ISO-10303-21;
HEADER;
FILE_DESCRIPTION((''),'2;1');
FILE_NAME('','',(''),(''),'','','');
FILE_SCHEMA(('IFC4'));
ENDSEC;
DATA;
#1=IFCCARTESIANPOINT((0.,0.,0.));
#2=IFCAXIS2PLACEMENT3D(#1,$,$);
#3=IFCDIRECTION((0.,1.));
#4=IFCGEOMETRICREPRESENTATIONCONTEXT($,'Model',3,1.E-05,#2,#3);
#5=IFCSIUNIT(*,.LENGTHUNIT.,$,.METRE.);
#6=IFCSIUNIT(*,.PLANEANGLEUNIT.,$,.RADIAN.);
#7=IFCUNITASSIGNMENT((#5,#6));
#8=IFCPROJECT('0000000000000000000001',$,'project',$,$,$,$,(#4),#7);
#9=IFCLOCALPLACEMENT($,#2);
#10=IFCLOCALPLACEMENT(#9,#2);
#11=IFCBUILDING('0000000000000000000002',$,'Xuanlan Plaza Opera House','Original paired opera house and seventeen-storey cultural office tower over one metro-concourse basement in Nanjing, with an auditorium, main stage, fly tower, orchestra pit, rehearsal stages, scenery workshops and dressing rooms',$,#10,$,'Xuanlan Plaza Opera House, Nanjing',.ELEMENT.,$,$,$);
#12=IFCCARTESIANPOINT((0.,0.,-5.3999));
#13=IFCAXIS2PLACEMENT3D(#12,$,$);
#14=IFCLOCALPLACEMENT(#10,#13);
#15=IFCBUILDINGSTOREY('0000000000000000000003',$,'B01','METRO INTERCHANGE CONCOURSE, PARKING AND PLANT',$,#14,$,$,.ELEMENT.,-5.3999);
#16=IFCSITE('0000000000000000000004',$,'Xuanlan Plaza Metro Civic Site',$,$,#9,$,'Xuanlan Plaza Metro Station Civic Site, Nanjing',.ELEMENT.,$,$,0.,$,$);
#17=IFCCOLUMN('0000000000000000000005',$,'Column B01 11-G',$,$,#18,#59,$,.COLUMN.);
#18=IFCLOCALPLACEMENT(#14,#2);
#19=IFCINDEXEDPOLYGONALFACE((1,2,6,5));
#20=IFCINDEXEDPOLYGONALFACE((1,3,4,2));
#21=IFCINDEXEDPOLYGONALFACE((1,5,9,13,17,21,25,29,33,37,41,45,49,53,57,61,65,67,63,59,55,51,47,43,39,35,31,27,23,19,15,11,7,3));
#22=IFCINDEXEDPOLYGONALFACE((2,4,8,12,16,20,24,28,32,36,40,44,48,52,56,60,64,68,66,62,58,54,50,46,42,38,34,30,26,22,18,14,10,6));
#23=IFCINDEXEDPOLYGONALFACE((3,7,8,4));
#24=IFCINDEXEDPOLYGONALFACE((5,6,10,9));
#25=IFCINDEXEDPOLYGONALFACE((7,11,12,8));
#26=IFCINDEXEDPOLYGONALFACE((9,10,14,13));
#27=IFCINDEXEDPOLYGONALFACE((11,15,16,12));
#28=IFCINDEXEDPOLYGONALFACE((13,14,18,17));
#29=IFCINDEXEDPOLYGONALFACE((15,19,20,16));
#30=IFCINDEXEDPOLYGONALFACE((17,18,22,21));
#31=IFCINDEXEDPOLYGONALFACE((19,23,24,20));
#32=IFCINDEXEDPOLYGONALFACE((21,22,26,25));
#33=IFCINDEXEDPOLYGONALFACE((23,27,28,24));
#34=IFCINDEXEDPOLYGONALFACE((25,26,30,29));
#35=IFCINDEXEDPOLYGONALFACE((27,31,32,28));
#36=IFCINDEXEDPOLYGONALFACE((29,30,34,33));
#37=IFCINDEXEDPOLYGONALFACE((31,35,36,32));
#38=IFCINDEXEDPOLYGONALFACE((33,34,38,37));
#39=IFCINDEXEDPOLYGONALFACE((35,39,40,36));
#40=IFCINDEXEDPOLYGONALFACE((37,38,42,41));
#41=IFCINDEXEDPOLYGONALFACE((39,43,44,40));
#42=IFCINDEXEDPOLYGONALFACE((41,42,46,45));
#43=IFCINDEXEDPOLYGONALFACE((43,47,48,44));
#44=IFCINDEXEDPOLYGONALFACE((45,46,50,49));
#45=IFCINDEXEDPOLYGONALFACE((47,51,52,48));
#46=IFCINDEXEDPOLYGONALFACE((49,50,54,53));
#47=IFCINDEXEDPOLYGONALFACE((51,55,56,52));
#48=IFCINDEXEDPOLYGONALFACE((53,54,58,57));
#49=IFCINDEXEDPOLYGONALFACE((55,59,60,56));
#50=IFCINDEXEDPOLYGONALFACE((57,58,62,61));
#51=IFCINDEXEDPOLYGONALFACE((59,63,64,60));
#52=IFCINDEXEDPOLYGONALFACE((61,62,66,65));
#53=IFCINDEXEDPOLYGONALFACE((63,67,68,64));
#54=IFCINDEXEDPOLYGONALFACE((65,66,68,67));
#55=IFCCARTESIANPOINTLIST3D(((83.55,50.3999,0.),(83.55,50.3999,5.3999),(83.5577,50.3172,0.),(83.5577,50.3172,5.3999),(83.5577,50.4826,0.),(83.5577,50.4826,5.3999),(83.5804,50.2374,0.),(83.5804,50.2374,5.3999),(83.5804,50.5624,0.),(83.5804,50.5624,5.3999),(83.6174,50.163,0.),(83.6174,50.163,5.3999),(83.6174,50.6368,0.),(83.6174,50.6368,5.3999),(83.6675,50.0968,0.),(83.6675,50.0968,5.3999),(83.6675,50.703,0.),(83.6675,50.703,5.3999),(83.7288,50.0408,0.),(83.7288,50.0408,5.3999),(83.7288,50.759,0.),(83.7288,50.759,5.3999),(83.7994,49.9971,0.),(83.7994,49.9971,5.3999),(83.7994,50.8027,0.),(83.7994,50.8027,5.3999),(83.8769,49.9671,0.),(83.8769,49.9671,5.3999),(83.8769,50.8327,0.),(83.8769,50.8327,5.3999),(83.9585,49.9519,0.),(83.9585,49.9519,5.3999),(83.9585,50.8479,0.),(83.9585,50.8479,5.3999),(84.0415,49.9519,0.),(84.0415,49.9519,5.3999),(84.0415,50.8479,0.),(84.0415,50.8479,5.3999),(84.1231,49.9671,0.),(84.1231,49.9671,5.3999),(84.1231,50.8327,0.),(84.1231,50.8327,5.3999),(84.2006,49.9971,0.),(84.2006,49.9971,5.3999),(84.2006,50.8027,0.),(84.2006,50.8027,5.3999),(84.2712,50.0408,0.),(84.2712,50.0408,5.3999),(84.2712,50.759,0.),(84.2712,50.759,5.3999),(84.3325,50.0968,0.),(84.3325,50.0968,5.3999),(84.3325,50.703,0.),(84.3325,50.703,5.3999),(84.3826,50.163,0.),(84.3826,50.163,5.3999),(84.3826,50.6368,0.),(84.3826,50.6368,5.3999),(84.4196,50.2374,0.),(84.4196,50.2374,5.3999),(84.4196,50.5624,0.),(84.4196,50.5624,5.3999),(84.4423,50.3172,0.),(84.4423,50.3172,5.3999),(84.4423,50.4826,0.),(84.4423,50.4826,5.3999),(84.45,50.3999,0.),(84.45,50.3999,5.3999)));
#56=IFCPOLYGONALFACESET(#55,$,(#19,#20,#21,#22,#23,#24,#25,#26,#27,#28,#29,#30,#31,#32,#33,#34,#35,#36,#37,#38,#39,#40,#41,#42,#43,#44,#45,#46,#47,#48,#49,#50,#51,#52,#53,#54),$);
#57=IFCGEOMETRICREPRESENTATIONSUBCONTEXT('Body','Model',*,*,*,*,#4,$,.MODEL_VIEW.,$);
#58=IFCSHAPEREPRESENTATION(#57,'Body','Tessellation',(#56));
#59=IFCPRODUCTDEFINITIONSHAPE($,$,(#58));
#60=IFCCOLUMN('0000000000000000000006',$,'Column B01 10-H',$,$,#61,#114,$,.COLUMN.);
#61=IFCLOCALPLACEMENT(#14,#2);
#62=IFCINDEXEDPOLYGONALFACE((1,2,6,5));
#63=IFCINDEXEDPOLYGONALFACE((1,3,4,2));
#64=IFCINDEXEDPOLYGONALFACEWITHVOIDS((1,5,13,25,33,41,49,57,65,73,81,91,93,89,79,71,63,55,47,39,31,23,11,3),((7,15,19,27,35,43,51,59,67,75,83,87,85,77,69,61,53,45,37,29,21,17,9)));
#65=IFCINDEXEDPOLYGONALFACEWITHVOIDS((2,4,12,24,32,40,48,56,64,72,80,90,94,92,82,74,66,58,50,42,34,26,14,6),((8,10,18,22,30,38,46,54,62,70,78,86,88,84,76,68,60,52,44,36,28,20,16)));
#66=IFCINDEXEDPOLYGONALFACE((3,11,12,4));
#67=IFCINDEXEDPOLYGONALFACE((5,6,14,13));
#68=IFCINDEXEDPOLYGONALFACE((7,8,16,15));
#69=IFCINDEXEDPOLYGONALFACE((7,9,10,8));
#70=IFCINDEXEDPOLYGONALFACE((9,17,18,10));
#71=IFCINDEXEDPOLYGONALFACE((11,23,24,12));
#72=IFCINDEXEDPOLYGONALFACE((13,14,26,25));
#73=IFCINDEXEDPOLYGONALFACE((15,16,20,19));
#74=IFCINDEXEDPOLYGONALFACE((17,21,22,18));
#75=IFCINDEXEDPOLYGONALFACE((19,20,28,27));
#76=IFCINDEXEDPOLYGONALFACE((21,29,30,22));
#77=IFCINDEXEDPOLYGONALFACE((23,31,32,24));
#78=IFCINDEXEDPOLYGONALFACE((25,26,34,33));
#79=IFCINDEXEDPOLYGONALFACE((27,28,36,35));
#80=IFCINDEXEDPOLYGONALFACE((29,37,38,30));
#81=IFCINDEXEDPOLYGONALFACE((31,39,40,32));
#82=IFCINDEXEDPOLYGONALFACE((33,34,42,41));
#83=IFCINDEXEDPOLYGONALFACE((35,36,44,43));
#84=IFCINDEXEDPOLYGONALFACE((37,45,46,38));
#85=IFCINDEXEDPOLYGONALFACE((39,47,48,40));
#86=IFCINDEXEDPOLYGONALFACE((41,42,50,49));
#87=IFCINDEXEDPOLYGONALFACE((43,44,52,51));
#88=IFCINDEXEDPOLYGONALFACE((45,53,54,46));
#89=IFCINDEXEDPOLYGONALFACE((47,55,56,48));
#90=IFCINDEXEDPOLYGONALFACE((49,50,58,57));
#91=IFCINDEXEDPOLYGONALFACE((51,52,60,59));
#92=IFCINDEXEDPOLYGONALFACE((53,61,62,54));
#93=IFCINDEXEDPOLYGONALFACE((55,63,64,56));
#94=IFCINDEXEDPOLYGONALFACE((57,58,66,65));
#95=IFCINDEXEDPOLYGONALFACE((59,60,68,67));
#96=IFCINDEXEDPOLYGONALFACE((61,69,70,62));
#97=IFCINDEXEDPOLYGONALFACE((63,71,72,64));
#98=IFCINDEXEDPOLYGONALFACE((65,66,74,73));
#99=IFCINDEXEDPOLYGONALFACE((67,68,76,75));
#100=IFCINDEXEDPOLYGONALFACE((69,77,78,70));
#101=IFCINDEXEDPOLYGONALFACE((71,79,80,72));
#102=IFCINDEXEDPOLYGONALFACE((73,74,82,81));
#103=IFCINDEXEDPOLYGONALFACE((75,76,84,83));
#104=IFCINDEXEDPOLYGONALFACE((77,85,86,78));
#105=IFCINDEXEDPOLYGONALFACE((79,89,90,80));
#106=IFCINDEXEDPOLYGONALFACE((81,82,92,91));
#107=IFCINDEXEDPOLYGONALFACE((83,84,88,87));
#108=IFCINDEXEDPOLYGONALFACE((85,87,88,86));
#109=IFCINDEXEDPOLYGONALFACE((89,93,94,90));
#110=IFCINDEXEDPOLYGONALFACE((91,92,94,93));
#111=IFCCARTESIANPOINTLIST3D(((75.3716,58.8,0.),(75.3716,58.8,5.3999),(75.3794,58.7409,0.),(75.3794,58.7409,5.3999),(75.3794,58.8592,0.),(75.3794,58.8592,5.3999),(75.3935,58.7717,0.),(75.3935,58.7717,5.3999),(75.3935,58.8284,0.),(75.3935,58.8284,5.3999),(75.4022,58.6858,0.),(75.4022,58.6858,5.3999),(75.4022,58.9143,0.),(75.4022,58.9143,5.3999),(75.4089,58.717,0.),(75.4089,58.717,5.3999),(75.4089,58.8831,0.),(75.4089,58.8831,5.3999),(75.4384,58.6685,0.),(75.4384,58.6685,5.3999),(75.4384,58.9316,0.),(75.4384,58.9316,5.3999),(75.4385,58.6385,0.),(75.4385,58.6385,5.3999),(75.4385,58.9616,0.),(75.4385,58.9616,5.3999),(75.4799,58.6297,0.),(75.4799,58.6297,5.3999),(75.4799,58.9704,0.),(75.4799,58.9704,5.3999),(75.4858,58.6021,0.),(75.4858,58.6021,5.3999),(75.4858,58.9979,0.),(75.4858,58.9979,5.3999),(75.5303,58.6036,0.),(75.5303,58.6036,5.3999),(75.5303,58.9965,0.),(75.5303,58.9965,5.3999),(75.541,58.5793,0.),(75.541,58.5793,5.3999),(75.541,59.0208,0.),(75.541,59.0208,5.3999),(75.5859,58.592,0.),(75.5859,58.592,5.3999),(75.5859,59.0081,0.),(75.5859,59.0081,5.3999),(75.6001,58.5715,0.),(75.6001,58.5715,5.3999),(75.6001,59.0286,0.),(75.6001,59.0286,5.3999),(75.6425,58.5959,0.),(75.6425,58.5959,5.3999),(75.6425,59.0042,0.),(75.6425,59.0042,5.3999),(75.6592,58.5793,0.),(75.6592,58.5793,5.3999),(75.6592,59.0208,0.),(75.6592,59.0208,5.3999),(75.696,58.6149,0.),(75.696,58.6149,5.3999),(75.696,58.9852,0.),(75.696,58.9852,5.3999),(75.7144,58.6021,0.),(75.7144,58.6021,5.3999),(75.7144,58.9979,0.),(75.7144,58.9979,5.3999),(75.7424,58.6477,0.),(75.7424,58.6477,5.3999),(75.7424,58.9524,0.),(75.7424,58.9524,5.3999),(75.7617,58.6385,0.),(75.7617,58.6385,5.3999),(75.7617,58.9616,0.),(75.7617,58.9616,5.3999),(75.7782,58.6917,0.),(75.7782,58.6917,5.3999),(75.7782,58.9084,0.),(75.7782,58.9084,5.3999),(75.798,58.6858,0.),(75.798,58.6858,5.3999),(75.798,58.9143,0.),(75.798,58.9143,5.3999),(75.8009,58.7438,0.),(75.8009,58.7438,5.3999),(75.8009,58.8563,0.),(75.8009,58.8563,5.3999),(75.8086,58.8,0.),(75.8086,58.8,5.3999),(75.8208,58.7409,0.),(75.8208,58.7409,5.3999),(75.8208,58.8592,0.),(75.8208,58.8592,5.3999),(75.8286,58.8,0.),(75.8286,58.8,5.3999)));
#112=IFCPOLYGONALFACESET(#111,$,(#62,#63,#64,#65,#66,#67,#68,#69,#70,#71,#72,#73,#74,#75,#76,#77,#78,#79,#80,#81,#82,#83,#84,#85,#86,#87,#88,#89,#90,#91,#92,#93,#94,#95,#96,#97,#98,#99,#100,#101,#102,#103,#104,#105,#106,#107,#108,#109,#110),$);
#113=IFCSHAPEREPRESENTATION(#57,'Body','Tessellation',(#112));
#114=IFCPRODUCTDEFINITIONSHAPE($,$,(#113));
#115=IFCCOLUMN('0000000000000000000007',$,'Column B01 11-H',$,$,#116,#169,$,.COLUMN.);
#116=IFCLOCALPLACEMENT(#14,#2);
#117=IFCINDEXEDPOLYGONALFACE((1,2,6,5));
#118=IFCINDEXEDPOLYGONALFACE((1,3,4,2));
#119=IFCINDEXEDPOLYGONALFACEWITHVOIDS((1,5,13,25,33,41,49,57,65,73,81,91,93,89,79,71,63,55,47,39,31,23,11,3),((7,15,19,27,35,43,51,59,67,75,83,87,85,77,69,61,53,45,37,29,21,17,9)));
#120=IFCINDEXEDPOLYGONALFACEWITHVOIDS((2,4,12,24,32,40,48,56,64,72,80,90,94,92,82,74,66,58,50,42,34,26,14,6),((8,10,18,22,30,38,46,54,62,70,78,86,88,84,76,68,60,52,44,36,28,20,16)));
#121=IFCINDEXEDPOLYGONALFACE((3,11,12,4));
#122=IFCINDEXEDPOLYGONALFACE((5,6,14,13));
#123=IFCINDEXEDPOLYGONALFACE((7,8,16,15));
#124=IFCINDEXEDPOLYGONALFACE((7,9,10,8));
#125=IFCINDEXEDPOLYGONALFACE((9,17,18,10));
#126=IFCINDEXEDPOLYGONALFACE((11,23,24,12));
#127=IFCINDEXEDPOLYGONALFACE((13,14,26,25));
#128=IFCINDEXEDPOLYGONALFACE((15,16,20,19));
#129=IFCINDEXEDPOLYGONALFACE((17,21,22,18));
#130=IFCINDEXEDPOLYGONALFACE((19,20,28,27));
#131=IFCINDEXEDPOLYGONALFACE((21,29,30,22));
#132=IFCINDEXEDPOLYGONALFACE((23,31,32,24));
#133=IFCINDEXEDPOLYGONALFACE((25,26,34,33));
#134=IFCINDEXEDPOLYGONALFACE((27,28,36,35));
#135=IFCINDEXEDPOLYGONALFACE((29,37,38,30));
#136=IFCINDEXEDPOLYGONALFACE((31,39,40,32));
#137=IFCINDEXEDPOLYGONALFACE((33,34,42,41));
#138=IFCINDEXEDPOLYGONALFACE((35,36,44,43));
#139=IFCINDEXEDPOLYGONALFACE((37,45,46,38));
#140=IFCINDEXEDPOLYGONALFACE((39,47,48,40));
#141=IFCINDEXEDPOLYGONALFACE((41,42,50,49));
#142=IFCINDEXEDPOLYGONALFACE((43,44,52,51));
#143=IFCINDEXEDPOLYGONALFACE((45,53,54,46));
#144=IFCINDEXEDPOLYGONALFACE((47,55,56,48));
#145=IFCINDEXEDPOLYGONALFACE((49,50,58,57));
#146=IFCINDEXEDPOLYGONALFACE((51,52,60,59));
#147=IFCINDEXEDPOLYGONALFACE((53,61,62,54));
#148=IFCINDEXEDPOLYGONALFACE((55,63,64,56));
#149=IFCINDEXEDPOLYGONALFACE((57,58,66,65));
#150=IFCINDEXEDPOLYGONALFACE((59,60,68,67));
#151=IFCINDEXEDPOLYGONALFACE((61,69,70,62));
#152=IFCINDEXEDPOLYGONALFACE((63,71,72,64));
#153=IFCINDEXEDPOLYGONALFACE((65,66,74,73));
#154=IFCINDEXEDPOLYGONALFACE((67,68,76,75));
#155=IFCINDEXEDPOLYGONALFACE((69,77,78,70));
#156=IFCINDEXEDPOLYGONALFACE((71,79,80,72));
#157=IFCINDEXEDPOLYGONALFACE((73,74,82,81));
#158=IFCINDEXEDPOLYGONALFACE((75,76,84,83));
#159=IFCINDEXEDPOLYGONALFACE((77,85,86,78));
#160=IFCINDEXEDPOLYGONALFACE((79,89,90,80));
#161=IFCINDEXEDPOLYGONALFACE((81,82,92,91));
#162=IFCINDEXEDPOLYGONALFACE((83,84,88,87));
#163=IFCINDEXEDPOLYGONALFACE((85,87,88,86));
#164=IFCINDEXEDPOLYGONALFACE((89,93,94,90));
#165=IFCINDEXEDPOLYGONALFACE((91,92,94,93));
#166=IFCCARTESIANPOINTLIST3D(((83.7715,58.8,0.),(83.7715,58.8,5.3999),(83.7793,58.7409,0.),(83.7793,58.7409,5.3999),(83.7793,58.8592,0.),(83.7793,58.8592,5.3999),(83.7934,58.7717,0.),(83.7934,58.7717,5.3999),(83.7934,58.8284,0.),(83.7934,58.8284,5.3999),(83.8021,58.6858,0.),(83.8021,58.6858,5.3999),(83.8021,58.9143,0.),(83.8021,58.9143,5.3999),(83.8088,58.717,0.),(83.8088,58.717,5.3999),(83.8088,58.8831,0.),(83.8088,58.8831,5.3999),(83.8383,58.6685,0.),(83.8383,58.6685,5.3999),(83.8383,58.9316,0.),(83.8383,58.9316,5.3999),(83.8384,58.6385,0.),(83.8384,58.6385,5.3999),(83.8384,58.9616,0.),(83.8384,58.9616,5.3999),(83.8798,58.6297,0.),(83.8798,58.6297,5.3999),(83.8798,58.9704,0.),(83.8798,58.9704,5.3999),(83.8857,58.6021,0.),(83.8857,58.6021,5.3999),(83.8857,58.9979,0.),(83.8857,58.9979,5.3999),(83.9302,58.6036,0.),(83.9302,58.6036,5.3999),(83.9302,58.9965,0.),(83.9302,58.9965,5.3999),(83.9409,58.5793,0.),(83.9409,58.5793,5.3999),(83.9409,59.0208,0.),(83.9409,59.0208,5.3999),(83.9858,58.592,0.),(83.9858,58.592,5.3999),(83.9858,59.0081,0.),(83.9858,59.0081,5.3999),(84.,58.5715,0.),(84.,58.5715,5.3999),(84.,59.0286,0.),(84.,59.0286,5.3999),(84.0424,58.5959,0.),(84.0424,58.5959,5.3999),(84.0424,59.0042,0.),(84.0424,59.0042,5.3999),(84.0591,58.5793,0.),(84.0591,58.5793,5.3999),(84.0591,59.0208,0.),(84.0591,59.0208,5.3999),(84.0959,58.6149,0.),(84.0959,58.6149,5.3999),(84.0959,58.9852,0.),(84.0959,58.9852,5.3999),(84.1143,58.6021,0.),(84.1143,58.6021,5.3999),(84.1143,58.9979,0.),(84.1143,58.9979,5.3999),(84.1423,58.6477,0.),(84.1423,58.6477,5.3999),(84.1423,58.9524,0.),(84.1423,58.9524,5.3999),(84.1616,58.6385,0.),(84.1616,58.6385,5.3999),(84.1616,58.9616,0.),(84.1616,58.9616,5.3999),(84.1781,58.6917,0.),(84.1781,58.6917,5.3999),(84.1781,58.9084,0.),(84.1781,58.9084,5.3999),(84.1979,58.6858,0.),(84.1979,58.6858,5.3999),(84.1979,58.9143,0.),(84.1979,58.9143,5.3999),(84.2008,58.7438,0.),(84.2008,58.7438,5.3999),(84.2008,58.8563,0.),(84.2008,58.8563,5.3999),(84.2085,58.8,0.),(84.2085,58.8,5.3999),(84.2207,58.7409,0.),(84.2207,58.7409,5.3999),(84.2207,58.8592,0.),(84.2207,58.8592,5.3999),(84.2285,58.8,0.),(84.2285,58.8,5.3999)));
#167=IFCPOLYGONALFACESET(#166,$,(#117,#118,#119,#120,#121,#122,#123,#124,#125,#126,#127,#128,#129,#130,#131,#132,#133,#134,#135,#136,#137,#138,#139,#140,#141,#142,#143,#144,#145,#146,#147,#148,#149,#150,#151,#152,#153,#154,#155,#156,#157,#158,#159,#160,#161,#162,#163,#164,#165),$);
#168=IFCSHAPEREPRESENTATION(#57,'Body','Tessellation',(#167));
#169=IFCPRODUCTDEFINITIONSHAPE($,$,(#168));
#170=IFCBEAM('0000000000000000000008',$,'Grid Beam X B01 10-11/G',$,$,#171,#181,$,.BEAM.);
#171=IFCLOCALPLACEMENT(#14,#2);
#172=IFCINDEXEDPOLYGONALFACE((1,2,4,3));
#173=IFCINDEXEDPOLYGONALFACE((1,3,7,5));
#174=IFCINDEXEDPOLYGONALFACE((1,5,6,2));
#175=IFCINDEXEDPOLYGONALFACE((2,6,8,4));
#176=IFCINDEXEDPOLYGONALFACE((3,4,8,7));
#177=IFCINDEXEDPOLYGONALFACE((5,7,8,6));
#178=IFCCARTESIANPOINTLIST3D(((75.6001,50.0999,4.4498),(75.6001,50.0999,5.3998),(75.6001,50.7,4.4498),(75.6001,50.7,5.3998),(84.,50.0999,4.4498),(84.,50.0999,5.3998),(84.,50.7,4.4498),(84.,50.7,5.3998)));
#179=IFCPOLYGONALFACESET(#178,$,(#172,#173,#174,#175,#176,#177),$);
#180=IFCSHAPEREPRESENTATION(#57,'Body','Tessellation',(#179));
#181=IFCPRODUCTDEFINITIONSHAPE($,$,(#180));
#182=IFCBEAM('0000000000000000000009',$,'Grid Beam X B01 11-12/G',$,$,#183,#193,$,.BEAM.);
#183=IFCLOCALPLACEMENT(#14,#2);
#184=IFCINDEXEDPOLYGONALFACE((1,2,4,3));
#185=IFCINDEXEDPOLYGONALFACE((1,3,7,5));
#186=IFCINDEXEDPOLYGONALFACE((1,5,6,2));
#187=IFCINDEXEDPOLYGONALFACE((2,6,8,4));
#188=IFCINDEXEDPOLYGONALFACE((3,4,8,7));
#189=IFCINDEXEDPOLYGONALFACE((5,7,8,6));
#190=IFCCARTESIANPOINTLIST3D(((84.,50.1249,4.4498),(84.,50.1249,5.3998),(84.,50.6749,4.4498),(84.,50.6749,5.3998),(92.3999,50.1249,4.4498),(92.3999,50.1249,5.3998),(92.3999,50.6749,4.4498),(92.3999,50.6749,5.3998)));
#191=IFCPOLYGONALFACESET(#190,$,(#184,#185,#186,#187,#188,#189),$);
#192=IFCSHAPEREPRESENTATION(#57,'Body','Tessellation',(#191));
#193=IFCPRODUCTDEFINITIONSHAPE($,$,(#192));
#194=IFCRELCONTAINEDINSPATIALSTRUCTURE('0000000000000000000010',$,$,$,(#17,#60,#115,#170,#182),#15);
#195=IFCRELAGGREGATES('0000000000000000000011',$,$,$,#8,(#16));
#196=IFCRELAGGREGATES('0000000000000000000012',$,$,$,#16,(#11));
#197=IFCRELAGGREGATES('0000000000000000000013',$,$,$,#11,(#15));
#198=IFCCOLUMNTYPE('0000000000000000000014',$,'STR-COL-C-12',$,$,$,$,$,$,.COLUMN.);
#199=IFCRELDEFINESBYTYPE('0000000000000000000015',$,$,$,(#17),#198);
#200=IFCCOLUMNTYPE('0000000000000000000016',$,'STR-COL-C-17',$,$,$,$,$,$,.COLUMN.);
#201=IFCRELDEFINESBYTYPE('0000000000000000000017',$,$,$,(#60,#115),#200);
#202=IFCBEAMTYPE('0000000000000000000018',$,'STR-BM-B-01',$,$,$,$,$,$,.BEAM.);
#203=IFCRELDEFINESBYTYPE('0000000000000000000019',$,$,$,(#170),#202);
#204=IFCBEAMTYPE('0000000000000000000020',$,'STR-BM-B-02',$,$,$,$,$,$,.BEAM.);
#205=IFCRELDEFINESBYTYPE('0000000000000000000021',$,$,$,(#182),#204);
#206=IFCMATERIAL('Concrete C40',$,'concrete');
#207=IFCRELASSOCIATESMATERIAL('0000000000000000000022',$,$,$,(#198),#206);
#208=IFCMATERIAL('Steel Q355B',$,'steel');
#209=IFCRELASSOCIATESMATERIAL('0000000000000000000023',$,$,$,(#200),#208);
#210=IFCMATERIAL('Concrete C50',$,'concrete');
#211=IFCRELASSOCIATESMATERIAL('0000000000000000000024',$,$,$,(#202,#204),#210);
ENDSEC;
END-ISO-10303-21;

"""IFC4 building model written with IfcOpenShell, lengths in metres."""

from ifc_helpers import new_model, si_unit, direction, frame, origin, origin_2d, place, context, subcontext, project, spatial, rectangle, circle, hollow_circle, extrude, material, material_profile, profile_set, type_object, element, save


model = new_model("IFC4")

# Units and contexts
model_context = context("Model", 3, precision=1e-05, world=origin(), true_north=direction((0.0, 1.0)))
body_context = subcontext(model_context, "Body", "Model", "MODEL_VIEW")
ifc_project = project(units=[si_unit("LENGTHUNIT", "METRE"), si_unit("PLANEANGLEUNIT", "RADIAN")], contexts=[model_context])

# Site, building, storey
site_placement = place(None, origin())
site = spatial("IfcSite", under=ifc_project, at=site_placement, Name="Xuanlan Plaza Metro Civic Site", LongName="Xuanlan Plaza Metro Station Civic Site, Nanjing", CompositionType="ELEMENT", RefElevation=0.0)
building_placement = place(site_placement, origin())
building = spatial("IfcBuilding", under=site, at=building_placement, Name="Xuanlan Plaza Opera House", Description="Original paired opera house and seventeen-storey cultural office tower over one metro-concourse basement in Nanjing, with an auditorium, main stage, fly tower, orchestra pit, rehearsal stages, scenery workshops and dressing rooms", LongName="Xuanlan Plaza Opera House, Nanjing", CompositionType="ELEMENT")
storey_placement = place(building_placement, frame((0.0, 0.0, -5.3999)))
storey = spatial("IfcBuildingStorey", under=building, at=storey_placement, Name="B01", Description="METRO INTERCHANGE CONCOURSE, PARKING AND PLANT", CompositionType="ELEMENT", Elevation=-5.3999)

# Shared definitions
ifc_material_1 = material(Name="Concrete C40", Category="concrete")
ifc_material_2 = material(Name="Concrete C50", Category="concrete")

# Columns
ifc_material_profile_1 = material_profile(ifc_material_1, circle(Radius=0.45, at=origin_2d()), Name="RC-COL D900")
ifc_profile_set_1 = profile_set([ifc_material_profile_1], Name="Concrete C40")
column_type_1 = type_object("IfcColumnType", Name="STR-COL-C-12", PredefinedType="COLUMN", material=ifc_profile_set_1)
column_1_placement = place(storey_placement, frame((84.0, 50.3999, 0.0), z_axis=(0.0, 0.0, 1.0), x_axis=(1.0, 0.0, 0.0)))
element("IfcColumn", 1, at=column_1_placement, inside=storey, type_object=column_type_1, Name="Column B01 11-G", PredefinedType="COLUMN", context=body_context, shape_type="SweptSolid", body=[
    extrude(circle(Radius=0.45, at=origin_2d()), origin(), (0.0, 0.0, 1.0), 5.3999),
])
ifc_material_3 = material(Name="Steel Q355B", Category="steel")
ifc_material_profile_2 = material_profile(ifc_material_3, hollow_circle(Radius=0.2285, WallThickness=0.02, at=origin_2d()), Name="CHS 457x20")
ifc_profile_set_2 = profile_set([ifc_material_profile_2], Name="Steel Q355B")
column_type_2 = type_object("IfcColumnType", Name="STR-COL-C-17", PredefinedType="COLUMN", material=ifc_profile_set_2)
for number, where, z_axis, x_axis, name in (
    (2, (75.6001, 58.8, 0.0), (0.0, 0.0, 1.0), (1.0, 0.0, 0.0), "Column B01 10-H"),
    (3, (84.0, 58.8, 0.0), (0.0, 0.0, 1.0), (1.0, 0.0, 0.0), "Column B01 11-H"),
):
    element("IfcColumn", number, at=place(storey_placement, frame(where, z_axis=z_axis, x_axis=x_axis)), inside=storey, type_object=column_type_2, Name=name, PredefinedType="COLUMN", context=body_context, shape_type="SweptSolid", body=[
        extrude(hollow_circle(Radius=0.2285, WallThickness=0.02, at=origin_2d()), origin(), (0.0, 0.0, 1.0), 5.3999),
    ])

# Beams
ifc_material_profile_3 = material_profile(ifc_material_2, rectangle(XDim=0.6001, YDim=0.95, at=origin_2d()), Name="RC-BM 600x950")
ifc_profile_set_3 = profile_set([ifc_material_profile_3], Name="Concrete C50")
beam_type_1 = type_object("IfcBeamType", Name="STR-BM-B-01", PredefinedType="BEAM", material=ifc_profile_set_3)
beam_1_placement = place(storey_placement, frame((75.6001, 50.3999, 4.9248), z_axis=(1.0, 0.0, 0.0), x_axis=(0.0, 1.0, 0.0)))
element("IfcBeam", 4, at=beam_1_placement, inside=storey, type_object=beam_type_1, Name="Grid Beam X B01 10-11/G", PredefinedType="BEAM", context=body_context, shape_type="SweptSolid", body=[
    extrude(rectangle(XDim=0.6001, YDim=0.95, at=origin_2d()), origin(), (0.0, 0.0, 1.0), 8.3999),
])
ifc_material_profile_4 = material_profile(ifc_material_2, rectangle(XDim=0.55, YDim=0.95, at=origin_2d()), Name="RC-BM 550x950")
ifc_profile_set_4 = profile_set([ifc_material_profile_4], Name="Concrete C50")
beam_type_2 = type_object("IfcBeamType", Name="STR-BM-B-02", PredefinedType="BEAM", material=ifc_profile_set_4)
for number, where, z_axis, x_axis, name in (
    (5, (84.0, 50.3999, 4.9248), (1.0, 0.0, 0.0), (0.0, 1.0, 0.0), "Grid Beam X B01 11-12/G"),
):
    element("IfcBeam", number, at=place(storey_placement, frame(where, z_axis=z_axis, x_axis=x_axis)), inside=storey, type_object=beam_type_2, Name=name, PredefinedType="BEAM", context=body_context, shape_type="SweptSolid", body=[
        extrude(rectangle(XDim=0.55, YDim=0.95, at=origin_2d()), origin(), (0.0, 0.0, 1.0), 8.3999),
    ])

save(model, "model.ifc")
